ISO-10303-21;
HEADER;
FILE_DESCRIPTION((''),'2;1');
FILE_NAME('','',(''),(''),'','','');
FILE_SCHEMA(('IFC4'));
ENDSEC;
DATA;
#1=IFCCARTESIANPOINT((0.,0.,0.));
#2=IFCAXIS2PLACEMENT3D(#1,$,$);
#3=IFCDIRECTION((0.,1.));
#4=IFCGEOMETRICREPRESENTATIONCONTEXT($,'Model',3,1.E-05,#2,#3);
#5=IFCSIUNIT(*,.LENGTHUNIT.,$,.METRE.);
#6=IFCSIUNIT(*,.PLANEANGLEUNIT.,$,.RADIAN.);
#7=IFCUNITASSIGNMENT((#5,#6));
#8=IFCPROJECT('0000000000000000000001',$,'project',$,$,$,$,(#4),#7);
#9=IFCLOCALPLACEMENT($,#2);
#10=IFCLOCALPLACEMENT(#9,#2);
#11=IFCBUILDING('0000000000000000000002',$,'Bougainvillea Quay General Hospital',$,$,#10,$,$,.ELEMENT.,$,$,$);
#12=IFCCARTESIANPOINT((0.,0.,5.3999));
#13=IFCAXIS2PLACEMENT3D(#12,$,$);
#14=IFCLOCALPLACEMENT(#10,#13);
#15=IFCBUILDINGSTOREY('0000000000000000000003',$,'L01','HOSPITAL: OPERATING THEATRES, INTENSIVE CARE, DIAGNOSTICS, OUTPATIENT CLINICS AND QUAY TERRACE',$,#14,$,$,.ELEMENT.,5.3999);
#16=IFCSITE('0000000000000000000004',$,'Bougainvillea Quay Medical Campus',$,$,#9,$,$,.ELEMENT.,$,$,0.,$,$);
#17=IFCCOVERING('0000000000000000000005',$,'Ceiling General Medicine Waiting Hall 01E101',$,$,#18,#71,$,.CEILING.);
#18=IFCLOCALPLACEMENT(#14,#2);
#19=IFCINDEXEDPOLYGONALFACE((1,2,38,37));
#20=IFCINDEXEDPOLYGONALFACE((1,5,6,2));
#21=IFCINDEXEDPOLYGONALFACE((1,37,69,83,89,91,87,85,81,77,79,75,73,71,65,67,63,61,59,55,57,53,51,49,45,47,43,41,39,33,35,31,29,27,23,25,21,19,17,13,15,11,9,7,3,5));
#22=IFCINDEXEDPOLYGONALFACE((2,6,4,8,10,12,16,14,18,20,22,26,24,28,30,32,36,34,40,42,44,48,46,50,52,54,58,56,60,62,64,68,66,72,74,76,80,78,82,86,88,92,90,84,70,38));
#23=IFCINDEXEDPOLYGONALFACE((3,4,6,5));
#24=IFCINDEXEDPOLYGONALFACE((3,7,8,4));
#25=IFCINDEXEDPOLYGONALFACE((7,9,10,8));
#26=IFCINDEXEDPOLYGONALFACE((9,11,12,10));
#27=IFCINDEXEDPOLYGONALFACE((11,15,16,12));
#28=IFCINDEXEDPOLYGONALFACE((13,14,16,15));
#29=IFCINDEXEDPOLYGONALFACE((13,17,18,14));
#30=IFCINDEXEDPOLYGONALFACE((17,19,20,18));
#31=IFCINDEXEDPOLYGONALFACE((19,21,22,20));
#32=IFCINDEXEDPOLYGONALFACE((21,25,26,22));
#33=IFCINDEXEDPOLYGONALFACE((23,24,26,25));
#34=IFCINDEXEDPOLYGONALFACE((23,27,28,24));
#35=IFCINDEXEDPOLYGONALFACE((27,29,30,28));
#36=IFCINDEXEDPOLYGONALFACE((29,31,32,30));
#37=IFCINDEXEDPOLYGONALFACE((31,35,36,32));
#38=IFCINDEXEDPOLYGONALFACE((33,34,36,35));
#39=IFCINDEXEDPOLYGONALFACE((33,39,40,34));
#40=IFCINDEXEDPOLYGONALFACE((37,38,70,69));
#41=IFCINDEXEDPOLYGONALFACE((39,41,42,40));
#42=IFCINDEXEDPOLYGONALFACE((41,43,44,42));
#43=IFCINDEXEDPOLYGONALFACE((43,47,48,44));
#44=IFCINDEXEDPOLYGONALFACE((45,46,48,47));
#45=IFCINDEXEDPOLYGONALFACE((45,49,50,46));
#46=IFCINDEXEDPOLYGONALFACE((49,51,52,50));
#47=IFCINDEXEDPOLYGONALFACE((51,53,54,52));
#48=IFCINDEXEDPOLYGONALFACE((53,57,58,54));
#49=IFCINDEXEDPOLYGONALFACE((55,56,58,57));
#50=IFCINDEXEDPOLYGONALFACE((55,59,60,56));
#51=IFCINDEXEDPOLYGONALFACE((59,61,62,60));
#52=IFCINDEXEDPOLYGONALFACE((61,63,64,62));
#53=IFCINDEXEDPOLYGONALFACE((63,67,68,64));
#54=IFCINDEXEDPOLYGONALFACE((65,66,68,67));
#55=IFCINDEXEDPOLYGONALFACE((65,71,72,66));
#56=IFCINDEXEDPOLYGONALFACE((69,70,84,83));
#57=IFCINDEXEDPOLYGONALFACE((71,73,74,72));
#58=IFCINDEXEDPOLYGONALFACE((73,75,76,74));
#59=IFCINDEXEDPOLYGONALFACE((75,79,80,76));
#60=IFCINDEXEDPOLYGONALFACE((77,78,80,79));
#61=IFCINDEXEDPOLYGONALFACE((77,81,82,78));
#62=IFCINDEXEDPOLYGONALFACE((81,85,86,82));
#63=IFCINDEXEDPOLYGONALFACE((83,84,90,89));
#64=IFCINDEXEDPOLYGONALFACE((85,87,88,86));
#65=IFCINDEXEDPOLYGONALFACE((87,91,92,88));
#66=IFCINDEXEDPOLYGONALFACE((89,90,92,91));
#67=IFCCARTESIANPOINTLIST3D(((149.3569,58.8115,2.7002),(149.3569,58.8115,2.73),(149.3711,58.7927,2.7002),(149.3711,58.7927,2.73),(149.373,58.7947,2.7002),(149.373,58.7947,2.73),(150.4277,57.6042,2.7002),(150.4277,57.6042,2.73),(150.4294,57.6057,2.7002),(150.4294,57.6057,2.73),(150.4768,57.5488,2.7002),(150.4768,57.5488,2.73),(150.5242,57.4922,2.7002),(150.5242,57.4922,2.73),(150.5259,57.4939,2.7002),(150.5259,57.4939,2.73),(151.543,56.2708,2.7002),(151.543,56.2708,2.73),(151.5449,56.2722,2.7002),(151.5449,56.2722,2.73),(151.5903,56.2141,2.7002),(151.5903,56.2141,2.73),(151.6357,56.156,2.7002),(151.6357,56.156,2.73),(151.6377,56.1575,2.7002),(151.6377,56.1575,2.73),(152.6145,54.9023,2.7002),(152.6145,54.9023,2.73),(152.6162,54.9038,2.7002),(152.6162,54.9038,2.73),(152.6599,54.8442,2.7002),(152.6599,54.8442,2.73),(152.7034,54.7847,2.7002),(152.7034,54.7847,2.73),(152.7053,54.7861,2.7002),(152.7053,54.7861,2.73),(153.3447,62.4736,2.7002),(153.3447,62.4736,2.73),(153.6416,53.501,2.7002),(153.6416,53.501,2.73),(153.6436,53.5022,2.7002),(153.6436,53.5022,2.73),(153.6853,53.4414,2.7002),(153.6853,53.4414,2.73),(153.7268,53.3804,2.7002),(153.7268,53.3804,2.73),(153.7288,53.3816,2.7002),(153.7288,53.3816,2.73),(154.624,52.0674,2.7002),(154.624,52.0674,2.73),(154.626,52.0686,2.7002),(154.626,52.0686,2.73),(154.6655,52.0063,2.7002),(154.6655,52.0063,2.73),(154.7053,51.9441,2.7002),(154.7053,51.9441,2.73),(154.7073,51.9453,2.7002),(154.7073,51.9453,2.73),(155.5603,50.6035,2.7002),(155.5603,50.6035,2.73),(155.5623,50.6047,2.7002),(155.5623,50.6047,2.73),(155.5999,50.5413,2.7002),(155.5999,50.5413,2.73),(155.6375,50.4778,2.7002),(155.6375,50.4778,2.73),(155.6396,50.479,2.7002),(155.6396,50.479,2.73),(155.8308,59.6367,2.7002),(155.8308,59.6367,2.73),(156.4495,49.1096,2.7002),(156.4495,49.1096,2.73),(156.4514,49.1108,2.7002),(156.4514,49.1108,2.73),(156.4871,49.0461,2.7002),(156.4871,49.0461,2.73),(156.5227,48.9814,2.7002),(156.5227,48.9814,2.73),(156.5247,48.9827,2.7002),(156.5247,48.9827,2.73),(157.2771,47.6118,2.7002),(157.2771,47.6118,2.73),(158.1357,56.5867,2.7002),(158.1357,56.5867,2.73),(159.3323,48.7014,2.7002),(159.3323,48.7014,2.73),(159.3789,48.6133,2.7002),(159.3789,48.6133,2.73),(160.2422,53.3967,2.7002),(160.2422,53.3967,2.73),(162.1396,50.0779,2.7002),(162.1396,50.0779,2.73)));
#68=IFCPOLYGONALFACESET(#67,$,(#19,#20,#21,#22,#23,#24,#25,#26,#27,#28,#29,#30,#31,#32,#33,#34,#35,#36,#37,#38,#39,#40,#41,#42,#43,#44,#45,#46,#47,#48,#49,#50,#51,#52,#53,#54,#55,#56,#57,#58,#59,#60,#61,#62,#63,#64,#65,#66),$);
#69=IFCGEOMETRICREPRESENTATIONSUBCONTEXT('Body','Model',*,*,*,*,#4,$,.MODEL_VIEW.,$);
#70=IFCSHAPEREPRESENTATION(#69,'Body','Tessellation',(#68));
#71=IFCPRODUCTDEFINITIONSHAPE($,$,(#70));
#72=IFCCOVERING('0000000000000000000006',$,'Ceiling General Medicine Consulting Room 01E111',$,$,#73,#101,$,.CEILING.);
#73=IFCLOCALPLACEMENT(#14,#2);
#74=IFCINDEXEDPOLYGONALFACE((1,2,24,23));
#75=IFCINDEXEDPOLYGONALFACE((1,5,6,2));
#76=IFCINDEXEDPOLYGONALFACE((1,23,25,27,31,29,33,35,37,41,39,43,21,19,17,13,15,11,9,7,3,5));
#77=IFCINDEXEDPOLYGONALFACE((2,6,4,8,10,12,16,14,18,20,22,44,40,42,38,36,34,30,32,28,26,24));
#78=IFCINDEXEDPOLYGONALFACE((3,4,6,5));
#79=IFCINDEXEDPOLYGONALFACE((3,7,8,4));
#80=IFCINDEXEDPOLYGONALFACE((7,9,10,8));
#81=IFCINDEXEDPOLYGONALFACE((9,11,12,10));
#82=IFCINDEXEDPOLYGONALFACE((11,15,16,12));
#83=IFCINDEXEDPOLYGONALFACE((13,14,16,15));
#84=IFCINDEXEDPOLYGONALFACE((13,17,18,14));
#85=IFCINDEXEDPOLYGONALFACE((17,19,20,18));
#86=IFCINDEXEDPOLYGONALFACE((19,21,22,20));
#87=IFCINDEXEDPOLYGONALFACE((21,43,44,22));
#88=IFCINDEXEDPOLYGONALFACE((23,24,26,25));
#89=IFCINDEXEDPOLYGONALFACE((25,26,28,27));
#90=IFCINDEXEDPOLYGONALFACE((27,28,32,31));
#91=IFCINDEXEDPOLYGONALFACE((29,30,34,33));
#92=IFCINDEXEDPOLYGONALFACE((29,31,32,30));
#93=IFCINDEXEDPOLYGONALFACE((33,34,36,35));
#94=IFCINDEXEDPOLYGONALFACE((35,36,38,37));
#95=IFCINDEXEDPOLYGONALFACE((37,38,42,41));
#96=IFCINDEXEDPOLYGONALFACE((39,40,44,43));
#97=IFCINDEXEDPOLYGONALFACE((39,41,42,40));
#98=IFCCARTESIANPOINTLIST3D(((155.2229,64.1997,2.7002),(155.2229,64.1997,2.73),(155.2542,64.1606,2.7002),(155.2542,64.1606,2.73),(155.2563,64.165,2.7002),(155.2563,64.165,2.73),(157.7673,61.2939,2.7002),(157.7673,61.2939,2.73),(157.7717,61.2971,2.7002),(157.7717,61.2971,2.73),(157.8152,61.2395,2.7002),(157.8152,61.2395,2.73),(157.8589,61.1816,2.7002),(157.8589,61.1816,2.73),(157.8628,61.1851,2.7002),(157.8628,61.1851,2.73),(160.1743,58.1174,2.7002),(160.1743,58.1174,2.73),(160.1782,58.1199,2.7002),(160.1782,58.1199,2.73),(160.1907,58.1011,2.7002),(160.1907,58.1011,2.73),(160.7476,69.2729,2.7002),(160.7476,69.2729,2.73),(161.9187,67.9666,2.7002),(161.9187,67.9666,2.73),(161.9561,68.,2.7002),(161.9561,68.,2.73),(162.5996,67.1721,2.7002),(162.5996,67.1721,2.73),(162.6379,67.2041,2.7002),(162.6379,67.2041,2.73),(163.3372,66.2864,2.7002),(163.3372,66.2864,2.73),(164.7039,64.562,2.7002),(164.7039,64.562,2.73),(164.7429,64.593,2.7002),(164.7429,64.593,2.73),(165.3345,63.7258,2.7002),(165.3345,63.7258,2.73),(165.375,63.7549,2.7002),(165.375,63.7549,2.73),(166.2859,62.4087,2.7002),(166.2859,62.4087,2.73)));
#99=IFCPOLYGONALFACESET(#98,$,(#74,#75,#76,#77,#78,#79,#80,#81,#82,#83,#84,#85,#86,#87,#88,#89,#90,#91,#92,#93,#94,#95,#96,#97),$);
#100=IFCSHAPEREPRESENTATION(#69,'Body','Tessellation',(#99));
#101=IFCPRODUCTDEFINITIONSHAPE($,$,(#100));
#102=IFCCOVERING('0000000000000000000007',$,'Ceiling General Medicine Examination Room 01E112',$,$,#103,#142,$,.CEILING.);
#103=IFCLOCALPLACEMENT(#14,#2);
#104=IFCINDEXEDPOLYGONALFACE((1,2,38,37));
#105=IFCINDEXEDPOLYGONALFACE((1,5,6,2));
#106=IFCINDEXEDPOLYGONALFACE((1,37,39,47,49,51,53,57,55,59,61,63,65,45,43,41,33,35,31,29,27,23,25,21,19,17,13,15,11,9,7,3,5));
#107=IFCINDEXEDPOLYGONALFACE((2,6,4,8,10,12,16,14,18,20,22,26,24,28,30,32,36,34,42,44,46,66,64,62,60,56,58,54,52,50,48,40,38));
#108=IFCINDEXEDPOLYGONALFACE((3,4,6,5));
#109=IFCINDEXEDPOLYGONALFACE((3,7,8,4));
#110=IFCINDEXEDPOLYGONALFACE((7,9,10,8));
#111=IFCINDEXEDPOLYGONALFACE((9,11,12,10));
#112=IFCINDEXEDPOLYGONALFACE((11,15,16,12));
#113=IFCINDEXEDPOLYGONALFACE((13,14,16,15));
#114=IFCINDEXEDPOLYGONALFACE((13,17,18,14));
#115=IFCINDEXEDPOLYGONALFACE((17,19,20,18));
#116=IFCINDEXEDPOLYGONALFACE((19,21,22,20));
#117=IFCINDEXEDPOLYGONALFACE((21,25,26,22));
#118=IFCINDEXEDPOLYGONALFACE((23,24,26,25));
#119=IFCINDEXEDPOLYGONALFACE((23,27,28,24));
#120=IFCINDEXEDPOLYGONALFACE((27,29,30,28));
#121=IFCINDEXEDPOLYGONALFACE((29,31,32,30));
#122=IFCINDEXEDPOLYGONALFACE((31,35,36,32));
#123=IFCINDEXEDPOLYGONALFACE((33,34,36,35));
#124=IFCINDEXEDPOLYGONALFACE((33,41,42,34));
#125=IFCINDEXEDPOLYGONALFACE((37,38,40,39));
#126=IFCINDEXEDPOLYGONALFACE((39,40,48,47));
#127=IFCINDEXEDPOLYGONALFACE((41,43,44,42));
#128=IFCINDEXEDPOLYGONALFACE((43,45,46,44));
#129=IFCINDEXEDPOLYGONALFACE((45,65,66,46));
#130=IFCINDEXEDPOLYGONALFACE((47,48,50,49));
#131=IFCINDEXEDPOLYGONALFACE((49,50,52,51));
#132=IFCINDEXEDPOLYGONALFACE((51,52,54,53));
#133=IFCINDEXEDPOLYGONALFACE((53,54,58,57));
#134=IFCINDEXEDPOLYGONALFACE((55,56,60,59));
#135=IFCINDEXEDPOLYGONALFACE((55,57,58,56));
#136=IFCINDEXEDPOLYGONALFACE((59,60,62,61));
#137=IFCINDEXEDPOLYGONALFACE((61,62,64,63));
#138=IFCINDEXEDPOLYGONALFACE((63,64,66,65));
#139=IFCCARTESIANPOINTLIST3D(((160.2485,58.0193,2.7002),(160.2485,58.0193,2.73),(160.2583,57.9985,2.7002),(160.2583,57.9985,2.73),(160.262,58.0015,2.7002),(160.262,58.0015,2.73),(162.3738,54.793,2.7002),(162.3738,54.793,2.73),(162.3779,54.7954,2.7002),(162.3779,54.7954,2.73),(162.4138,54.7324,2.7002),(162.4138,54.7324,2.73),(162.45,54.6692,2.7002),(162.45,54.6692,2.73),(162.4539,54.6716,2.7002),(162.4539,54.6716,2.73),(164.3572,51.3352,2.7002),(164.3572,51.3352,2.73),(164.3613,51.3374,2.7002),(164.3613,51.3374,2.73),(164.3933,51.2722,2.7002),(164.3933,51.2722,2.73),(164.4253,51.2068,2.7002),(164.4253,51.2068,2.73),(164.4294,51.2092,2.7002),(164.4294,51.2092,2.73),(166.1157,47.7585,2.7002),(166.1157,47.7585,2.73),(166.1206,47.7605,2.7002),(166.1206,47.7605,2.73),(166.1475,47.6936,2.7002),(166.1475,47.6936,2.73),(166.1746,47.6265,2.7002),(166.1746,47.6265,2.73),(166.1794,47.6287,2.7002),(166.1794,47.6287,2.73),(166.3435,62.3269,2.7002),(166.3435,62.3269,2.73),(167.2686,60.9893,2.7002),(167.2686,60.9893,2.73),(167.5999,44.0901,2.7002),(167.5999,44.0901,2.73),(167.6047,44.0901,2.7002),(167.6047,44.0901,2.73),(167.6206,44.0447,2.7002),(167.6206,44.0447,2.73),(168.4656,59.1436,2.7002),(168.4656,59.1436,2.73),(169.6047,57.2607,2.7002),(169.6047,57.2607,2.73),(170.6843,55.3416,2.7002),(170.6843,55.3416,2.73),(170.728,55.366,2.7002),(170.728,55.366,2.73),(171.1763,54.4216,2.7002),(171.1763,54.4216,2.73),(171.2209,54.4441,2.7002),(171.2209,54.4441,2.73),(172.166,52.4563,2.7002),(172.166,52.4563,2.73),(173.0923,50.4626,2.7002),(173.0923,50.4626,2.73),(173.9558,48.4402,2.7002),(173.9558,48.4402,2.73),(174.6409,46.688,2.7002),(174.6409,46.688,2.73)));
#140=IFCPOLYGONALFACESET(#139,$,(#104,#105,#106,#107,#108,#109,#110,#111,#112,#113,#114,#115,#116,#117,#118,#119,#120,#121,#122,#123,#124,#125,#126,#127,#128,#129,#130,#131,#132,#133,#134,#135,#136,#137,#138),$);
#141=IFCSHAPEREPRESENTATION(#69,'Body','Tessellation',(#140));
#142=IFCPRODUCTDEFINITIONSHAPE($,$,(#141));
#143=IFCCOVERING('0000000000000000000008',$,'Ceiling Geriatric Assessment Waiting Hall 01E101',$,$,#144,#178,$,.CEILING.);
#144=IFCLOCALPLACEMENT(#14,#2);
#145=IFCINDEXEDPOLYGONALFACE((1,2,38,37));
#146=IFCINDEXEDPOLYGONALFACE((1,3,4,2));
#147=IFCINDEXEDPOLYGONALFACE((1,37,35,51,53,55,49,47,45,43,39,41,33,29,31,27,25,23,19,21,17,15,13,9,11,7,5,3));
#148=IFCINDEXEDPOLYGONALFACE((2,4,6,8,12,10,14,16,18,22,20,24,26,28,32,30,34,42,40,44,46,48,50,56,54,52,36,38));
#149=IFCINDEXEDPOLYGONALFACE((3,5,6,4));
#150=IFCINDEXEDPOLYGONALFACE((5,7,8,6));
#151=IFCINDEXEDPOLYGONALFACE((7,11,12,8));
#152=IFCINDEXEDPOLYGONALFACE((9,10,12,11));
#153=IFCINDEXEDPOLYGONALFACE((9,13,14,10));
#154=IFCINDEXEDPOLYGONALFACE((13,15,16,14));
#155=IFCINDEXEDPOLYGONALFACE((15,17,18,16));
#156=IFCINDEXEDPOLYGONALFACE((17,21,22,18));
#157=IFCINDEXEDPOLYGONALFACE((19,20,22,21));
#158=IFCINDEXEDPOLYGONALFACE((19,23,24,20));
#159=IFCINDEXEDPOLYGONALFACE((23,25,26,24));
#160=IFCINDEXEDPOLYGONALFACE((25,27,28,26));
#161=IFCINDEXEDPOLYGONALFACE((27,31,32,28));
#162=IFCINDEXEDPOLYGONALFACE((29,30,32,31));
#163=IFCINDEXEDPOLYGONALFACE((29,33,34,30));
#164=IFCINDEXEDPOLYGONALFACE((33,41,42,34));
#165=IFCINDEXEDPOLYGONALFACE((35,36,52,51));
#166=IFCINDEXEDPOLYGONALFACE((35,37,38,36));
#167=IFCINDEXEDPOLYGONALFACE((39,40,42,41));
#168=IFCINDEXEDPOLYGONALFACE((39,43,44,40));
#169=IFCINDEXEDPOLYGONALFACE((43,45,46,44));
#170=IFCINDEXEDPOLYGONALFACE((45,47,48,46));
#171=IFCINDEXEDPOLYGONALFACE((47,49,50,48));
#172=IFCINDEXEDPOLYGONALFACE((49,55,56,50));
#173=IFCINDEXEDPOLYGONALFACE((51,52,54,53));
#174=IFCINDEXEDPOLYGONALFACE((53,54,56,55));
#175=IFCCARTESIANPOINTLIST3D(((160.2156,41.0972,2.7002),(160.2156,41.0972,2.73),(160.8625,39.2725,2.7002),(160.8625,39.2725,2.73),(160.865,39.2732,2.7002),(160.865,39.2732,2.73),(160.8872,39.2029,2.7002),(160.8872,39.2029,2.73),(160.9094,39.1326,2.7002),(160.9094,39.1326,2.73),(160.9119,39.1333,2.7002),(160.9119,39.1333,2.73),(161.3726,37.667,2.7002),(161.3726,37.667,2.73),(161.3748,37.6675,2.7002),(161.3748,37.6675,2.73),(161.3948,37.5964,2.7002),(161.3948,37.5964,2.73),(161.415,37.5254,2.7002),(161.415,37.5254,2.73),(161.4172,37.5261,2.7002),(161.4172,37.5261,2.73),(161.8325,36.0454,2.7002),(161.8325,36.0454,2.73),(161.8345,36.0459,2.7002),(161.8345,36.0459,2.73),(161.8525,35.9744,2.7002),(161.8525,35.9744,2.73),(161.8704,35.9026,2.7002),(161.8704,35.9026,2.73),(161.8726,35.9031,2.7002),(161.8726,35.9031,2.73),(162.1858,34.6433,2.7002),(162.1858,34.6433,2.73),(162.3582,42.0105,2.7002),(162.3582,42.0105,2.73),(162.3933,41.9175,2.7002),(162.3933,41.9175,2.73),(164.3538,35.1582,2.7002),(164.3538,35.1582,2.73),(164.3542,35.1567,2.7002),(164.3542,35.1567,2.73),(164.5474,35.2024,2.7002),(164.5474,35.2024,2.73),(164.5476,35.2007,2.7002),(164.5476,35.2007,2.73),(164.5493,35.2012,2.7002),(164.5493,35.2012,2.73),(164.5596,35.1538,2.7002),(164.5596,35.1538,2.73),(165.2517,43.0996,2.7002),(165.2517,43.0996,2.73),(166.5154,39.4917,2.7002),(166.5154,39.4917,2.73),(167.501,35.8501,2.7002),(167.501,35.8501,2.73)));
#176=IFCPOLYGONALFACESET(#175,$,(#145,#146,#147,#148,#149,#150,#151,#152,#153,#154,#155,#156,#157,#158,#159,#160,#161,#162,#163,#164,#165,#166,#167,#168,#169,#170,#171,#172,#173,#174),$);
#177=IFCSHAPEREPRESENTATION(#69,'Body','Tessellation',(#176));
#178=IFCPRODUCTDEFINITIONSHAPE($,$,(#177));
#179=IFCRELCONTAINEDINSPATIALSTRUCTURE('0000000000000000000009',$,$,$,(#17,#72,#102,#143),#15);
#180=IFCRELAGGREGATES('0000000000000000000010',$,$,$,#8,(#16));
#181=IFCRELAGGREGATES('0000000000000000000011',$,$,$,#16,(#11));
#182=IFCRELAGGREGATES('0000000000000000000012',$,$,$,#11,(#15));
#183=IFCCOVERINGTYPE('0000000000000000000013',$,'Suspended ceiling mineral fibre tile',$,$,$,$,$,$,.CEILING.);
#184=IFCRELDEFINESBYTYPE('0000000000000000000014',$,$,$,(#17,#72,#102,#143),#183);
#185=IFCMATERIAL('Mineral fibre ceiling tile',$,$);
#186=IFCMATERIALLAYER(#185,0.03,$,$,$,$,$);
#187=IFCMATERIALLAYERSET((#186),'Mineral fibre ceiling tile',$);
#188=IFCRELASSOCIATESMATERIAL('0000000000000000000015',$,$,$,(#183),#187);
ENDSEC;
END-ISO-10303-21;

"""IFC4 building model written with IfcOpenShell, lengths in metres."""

from ifc_helpers import new_model, si_unit, direction, frame, origin, place, context, subcontext, project, spatial, polyline, outline, extrude, material, layer, layer_set, type_object, element, save


model = new_model("IFC4")

# Units and contexts
model_context = context("Model", 3, precision=1e-05, world=origin(), true_north=direction((0.0, 1.0)))
body_context = subcontext(model_context, "Body", "Model", "MODEL_VIEW")
ifc_project = project(units=[si_unit("LENGTHUNIT", "METRE"), si_unit("PLANEANGLEUNIT", "RADIAN")], contexts=[model_context])

# Site, building, storey
site_placement = place(None, origin())
site = spatial("IfcSite", under=ifc_project, at=site_placement, Name="Bougainvillea Quay Medical Campus", CompositionType="ELEMENT", RefElevation=0.0)
building_placement = place(site_placement, origin())
building = spatial("IfcBuilding", under=site, at=building_placement, Name="Bougainvillea Quay General Hospital", CompositionType="ELEMENT")
storey_placement = place(building_placement, frame((0.0, 0.0, 5.3999)))
storey = spatial("IfcBuildingStorey", under=building, at=storey_placement, Name="L01", Description="HOSPITAL: OPERATING THEATRES, INTENSIVE CARE, DIAGNOSTICS, OUTPATIENT CLINICS AND QUAY TERRACE", CompositionType="ELEMENT", Elevation=5.3999)

# Coverings
ifc_material = material(Name="Mineral fibre ceiling tile")
ifc_layer = layer(ifc_material, 0.03)
ifc_layer_set = layer_set([ifc_layer], Name="Mineral fibre ceiling tile")
covering_type = type_object("IfcCoveringType", Name="Suspended ceiling mineral fibre tile", PredefinedType="CEILING", material=ifc_layer_set)
covering_1_placement = place(storey_placement, frame((0.0, 0.0, 2.7002)))
element("IfcCovering", 1, at=covering_1_placement, inside=storey, type_object=covering_type, Name="Ceiling General Medicine Waiting Hall 01E101", PredefinedType="CEILING", context=body_context, shape_type="SweptSolid", body=[
    extrude(outline(polyline([(162.1396, 50.0779), (160.2422, 53.3967), (158.1357, 56.5867), (155.8308, 59.6367), (153.3447, 62.4736), (149.3569, 58.8115), (149.373, 58.7947), (149.3711, 58.7927), (150.4277, 57.6042), (150.4294, 57.6057), (150.4768, 57.5488), (150.5259, 57.4939), (150.5242, 57.4922), (151.543, 56.2708), (151.5449, 56.2722), (151.5903, 56.2141), (151.6377, 56.1575), (151.6357, 56.156), (152.6145, 54.9023), (152.6162, 54.9038), (152.6599, 54.8442), (152.7053, 54.7861), (152.7034, 54.7847), (153.6416, 53.501), (153.6436, 53.5022), (153.6853, 53.4414), (153.7288, 53.3816), (153.7268, 53.3804), (154.624, 52.0674), (154.626, 52.0686), (154.6655, 52.0063), (154.7073, 51.9453), (154.7053, 51.9441), (155.5603, 50.6035), (155.5623, 50.6047), (155.5999, 50.5413), (155.6396, 50.479), (155.6375, 50.4778), (156.4495, 49.1096), (156.4514, 49.1108), (156.4871, 49.0461), (156.5247, 48.9827), (156.5227, 48.9814), (157.2771, 47.6118), (159.3323, 48.7014), (159.3789, 48.6133), (162.1396, 50.0779)])), origin(), (0.0, 0.0, 1.0), 0.0298),
])
covering_2_placement = place(storey_placement, frame((0.0, 0.0, 2.7002)))
element("IfcCovering", 2, at=covering_2_placement, inside=storey, type_object=covering_type, Name="Ceiling General Medicine Consulting Room 01E111", PredefinedType="CEILING", context=body_context, shape_type="SweptSolid", body=[
    extrude(outline(polyline([(164.7429, 64.593), (164.7039, 64.562), (163.3372, 66.2864), (162.5996, 67.1721), (162.6379, 67.2041), (161.9561, 68.0), (161.9187, 67.9666), (160.7476, 69.2729), (155.2229, 64.1997), (155.2563, 64.165), (155.2542, 64.1606), (157.7673, 61.2939), (157.7717, 61.2971), (157.8152, 61.2395), (157.8628, 61.1851), (157.8589, 61.1816), (160.1743, 58.1174), (160.1782, 58.1199), (160.1907, 58.1011), (166.2859, 62.4087), (165.3345, 63.7258), (165.375, 63.7549), (164.7429, 64.593)])), origin(), (0.0, 0.0, 1.0), 0.0298),
])
covering_3_placement = place(storey_placement, frame((0.0, 0.0, 2.7002)))
element("IfcCovering", 3, at=covering_3_placement, inside=storey, type_object=covering_type, Name="Ceiling General Medicine Examination Room 01E112", PredefinedType="CEILING", context=body_context, shape_type="SweptSolid", body=[
    extrude(outline(polyline([(170.728, 55.366), (170.6843, 55.3416), (169.6047, 57.2607), (168.4656, 59.1436), (167.2686, 60.9893), (166.3435, 62.3269), (160.2485, 58.0193), (160.262, 58.0015), (160.2583, 57.9985), (162.3738, 54.793), (162.3779, 54.7954), (162.4138, 54.7324), (162.4539, 54.6716), (162.45, 54.6692), (164.3572, 51.3352), (164.3613, 51.3374), (164.3933, 51.2722), (164.4294, 51.2092), (164.4253, 51.2068), (166.1157, 47.7585), (166.1206, 47.7605), (166.1475, 47.6936), (166.1794, 47.6287), (166.1746, 47.6265), (167.5999, 44.0901), (167.6047, 44.0901), (167.6206, 44.0447), (174.6409, 46.688), (173.9558, 48.4402), (173.0923, 50.4626), (172.166, 52.4563), (171.1763, 54.4216), (171.2209, 54.4441), (170.728, 55.366)])), origin(), (0.0, 0.0, 1.0), 0.0298),
])
covering_4_placement = place(storey_placement, frame((0.0, 0.0, 2.7002)))
element("IfcCovering", 4, at=covering_4_placement, inside=storey, type_object=covering_type, Name="Ceiling Geriatric Assessment Waiting Hall 01E101", PredefinedType="CEILING", context=body_context, shape_type="SweptSolid", body=[
    extrude(outline(polyline([(162.3582, 42.0105), (162.3933, 41.9175), (160.2156, 41.0972), (160.8625, 39.2725), (160.865, 39.2732), (160.8872, 39.2029), (160.9119, 39.1333), (160.9094, 39.1326), (161.3726, 37.667), (161.3748, 37.6675), (161.3948, 37.5964), (161.4172, 37.5261), (161.415, 37.5254), (161.8325, 36.0454), (161.8345, 36.0459), (161.8525, 35.9744), (161.8726, 35.9031), (161.8704, 35.9026), (162.1858, 34.6433), (164.3542, 35.1567), (164.3538, 35.1582), (164.5474, 35.2024), (164.5476, 35.2007), (164.5493, 35.2012), (164.5596, 35.1538), (167.501, 35.8501), (166.5154, 39.4917), (165.2517, 43.0996), (162.3582, 42.0105)])), origin(), (0.0, 0.0, 1.0), 0.0298),
])

save(model, "model.ifc")
